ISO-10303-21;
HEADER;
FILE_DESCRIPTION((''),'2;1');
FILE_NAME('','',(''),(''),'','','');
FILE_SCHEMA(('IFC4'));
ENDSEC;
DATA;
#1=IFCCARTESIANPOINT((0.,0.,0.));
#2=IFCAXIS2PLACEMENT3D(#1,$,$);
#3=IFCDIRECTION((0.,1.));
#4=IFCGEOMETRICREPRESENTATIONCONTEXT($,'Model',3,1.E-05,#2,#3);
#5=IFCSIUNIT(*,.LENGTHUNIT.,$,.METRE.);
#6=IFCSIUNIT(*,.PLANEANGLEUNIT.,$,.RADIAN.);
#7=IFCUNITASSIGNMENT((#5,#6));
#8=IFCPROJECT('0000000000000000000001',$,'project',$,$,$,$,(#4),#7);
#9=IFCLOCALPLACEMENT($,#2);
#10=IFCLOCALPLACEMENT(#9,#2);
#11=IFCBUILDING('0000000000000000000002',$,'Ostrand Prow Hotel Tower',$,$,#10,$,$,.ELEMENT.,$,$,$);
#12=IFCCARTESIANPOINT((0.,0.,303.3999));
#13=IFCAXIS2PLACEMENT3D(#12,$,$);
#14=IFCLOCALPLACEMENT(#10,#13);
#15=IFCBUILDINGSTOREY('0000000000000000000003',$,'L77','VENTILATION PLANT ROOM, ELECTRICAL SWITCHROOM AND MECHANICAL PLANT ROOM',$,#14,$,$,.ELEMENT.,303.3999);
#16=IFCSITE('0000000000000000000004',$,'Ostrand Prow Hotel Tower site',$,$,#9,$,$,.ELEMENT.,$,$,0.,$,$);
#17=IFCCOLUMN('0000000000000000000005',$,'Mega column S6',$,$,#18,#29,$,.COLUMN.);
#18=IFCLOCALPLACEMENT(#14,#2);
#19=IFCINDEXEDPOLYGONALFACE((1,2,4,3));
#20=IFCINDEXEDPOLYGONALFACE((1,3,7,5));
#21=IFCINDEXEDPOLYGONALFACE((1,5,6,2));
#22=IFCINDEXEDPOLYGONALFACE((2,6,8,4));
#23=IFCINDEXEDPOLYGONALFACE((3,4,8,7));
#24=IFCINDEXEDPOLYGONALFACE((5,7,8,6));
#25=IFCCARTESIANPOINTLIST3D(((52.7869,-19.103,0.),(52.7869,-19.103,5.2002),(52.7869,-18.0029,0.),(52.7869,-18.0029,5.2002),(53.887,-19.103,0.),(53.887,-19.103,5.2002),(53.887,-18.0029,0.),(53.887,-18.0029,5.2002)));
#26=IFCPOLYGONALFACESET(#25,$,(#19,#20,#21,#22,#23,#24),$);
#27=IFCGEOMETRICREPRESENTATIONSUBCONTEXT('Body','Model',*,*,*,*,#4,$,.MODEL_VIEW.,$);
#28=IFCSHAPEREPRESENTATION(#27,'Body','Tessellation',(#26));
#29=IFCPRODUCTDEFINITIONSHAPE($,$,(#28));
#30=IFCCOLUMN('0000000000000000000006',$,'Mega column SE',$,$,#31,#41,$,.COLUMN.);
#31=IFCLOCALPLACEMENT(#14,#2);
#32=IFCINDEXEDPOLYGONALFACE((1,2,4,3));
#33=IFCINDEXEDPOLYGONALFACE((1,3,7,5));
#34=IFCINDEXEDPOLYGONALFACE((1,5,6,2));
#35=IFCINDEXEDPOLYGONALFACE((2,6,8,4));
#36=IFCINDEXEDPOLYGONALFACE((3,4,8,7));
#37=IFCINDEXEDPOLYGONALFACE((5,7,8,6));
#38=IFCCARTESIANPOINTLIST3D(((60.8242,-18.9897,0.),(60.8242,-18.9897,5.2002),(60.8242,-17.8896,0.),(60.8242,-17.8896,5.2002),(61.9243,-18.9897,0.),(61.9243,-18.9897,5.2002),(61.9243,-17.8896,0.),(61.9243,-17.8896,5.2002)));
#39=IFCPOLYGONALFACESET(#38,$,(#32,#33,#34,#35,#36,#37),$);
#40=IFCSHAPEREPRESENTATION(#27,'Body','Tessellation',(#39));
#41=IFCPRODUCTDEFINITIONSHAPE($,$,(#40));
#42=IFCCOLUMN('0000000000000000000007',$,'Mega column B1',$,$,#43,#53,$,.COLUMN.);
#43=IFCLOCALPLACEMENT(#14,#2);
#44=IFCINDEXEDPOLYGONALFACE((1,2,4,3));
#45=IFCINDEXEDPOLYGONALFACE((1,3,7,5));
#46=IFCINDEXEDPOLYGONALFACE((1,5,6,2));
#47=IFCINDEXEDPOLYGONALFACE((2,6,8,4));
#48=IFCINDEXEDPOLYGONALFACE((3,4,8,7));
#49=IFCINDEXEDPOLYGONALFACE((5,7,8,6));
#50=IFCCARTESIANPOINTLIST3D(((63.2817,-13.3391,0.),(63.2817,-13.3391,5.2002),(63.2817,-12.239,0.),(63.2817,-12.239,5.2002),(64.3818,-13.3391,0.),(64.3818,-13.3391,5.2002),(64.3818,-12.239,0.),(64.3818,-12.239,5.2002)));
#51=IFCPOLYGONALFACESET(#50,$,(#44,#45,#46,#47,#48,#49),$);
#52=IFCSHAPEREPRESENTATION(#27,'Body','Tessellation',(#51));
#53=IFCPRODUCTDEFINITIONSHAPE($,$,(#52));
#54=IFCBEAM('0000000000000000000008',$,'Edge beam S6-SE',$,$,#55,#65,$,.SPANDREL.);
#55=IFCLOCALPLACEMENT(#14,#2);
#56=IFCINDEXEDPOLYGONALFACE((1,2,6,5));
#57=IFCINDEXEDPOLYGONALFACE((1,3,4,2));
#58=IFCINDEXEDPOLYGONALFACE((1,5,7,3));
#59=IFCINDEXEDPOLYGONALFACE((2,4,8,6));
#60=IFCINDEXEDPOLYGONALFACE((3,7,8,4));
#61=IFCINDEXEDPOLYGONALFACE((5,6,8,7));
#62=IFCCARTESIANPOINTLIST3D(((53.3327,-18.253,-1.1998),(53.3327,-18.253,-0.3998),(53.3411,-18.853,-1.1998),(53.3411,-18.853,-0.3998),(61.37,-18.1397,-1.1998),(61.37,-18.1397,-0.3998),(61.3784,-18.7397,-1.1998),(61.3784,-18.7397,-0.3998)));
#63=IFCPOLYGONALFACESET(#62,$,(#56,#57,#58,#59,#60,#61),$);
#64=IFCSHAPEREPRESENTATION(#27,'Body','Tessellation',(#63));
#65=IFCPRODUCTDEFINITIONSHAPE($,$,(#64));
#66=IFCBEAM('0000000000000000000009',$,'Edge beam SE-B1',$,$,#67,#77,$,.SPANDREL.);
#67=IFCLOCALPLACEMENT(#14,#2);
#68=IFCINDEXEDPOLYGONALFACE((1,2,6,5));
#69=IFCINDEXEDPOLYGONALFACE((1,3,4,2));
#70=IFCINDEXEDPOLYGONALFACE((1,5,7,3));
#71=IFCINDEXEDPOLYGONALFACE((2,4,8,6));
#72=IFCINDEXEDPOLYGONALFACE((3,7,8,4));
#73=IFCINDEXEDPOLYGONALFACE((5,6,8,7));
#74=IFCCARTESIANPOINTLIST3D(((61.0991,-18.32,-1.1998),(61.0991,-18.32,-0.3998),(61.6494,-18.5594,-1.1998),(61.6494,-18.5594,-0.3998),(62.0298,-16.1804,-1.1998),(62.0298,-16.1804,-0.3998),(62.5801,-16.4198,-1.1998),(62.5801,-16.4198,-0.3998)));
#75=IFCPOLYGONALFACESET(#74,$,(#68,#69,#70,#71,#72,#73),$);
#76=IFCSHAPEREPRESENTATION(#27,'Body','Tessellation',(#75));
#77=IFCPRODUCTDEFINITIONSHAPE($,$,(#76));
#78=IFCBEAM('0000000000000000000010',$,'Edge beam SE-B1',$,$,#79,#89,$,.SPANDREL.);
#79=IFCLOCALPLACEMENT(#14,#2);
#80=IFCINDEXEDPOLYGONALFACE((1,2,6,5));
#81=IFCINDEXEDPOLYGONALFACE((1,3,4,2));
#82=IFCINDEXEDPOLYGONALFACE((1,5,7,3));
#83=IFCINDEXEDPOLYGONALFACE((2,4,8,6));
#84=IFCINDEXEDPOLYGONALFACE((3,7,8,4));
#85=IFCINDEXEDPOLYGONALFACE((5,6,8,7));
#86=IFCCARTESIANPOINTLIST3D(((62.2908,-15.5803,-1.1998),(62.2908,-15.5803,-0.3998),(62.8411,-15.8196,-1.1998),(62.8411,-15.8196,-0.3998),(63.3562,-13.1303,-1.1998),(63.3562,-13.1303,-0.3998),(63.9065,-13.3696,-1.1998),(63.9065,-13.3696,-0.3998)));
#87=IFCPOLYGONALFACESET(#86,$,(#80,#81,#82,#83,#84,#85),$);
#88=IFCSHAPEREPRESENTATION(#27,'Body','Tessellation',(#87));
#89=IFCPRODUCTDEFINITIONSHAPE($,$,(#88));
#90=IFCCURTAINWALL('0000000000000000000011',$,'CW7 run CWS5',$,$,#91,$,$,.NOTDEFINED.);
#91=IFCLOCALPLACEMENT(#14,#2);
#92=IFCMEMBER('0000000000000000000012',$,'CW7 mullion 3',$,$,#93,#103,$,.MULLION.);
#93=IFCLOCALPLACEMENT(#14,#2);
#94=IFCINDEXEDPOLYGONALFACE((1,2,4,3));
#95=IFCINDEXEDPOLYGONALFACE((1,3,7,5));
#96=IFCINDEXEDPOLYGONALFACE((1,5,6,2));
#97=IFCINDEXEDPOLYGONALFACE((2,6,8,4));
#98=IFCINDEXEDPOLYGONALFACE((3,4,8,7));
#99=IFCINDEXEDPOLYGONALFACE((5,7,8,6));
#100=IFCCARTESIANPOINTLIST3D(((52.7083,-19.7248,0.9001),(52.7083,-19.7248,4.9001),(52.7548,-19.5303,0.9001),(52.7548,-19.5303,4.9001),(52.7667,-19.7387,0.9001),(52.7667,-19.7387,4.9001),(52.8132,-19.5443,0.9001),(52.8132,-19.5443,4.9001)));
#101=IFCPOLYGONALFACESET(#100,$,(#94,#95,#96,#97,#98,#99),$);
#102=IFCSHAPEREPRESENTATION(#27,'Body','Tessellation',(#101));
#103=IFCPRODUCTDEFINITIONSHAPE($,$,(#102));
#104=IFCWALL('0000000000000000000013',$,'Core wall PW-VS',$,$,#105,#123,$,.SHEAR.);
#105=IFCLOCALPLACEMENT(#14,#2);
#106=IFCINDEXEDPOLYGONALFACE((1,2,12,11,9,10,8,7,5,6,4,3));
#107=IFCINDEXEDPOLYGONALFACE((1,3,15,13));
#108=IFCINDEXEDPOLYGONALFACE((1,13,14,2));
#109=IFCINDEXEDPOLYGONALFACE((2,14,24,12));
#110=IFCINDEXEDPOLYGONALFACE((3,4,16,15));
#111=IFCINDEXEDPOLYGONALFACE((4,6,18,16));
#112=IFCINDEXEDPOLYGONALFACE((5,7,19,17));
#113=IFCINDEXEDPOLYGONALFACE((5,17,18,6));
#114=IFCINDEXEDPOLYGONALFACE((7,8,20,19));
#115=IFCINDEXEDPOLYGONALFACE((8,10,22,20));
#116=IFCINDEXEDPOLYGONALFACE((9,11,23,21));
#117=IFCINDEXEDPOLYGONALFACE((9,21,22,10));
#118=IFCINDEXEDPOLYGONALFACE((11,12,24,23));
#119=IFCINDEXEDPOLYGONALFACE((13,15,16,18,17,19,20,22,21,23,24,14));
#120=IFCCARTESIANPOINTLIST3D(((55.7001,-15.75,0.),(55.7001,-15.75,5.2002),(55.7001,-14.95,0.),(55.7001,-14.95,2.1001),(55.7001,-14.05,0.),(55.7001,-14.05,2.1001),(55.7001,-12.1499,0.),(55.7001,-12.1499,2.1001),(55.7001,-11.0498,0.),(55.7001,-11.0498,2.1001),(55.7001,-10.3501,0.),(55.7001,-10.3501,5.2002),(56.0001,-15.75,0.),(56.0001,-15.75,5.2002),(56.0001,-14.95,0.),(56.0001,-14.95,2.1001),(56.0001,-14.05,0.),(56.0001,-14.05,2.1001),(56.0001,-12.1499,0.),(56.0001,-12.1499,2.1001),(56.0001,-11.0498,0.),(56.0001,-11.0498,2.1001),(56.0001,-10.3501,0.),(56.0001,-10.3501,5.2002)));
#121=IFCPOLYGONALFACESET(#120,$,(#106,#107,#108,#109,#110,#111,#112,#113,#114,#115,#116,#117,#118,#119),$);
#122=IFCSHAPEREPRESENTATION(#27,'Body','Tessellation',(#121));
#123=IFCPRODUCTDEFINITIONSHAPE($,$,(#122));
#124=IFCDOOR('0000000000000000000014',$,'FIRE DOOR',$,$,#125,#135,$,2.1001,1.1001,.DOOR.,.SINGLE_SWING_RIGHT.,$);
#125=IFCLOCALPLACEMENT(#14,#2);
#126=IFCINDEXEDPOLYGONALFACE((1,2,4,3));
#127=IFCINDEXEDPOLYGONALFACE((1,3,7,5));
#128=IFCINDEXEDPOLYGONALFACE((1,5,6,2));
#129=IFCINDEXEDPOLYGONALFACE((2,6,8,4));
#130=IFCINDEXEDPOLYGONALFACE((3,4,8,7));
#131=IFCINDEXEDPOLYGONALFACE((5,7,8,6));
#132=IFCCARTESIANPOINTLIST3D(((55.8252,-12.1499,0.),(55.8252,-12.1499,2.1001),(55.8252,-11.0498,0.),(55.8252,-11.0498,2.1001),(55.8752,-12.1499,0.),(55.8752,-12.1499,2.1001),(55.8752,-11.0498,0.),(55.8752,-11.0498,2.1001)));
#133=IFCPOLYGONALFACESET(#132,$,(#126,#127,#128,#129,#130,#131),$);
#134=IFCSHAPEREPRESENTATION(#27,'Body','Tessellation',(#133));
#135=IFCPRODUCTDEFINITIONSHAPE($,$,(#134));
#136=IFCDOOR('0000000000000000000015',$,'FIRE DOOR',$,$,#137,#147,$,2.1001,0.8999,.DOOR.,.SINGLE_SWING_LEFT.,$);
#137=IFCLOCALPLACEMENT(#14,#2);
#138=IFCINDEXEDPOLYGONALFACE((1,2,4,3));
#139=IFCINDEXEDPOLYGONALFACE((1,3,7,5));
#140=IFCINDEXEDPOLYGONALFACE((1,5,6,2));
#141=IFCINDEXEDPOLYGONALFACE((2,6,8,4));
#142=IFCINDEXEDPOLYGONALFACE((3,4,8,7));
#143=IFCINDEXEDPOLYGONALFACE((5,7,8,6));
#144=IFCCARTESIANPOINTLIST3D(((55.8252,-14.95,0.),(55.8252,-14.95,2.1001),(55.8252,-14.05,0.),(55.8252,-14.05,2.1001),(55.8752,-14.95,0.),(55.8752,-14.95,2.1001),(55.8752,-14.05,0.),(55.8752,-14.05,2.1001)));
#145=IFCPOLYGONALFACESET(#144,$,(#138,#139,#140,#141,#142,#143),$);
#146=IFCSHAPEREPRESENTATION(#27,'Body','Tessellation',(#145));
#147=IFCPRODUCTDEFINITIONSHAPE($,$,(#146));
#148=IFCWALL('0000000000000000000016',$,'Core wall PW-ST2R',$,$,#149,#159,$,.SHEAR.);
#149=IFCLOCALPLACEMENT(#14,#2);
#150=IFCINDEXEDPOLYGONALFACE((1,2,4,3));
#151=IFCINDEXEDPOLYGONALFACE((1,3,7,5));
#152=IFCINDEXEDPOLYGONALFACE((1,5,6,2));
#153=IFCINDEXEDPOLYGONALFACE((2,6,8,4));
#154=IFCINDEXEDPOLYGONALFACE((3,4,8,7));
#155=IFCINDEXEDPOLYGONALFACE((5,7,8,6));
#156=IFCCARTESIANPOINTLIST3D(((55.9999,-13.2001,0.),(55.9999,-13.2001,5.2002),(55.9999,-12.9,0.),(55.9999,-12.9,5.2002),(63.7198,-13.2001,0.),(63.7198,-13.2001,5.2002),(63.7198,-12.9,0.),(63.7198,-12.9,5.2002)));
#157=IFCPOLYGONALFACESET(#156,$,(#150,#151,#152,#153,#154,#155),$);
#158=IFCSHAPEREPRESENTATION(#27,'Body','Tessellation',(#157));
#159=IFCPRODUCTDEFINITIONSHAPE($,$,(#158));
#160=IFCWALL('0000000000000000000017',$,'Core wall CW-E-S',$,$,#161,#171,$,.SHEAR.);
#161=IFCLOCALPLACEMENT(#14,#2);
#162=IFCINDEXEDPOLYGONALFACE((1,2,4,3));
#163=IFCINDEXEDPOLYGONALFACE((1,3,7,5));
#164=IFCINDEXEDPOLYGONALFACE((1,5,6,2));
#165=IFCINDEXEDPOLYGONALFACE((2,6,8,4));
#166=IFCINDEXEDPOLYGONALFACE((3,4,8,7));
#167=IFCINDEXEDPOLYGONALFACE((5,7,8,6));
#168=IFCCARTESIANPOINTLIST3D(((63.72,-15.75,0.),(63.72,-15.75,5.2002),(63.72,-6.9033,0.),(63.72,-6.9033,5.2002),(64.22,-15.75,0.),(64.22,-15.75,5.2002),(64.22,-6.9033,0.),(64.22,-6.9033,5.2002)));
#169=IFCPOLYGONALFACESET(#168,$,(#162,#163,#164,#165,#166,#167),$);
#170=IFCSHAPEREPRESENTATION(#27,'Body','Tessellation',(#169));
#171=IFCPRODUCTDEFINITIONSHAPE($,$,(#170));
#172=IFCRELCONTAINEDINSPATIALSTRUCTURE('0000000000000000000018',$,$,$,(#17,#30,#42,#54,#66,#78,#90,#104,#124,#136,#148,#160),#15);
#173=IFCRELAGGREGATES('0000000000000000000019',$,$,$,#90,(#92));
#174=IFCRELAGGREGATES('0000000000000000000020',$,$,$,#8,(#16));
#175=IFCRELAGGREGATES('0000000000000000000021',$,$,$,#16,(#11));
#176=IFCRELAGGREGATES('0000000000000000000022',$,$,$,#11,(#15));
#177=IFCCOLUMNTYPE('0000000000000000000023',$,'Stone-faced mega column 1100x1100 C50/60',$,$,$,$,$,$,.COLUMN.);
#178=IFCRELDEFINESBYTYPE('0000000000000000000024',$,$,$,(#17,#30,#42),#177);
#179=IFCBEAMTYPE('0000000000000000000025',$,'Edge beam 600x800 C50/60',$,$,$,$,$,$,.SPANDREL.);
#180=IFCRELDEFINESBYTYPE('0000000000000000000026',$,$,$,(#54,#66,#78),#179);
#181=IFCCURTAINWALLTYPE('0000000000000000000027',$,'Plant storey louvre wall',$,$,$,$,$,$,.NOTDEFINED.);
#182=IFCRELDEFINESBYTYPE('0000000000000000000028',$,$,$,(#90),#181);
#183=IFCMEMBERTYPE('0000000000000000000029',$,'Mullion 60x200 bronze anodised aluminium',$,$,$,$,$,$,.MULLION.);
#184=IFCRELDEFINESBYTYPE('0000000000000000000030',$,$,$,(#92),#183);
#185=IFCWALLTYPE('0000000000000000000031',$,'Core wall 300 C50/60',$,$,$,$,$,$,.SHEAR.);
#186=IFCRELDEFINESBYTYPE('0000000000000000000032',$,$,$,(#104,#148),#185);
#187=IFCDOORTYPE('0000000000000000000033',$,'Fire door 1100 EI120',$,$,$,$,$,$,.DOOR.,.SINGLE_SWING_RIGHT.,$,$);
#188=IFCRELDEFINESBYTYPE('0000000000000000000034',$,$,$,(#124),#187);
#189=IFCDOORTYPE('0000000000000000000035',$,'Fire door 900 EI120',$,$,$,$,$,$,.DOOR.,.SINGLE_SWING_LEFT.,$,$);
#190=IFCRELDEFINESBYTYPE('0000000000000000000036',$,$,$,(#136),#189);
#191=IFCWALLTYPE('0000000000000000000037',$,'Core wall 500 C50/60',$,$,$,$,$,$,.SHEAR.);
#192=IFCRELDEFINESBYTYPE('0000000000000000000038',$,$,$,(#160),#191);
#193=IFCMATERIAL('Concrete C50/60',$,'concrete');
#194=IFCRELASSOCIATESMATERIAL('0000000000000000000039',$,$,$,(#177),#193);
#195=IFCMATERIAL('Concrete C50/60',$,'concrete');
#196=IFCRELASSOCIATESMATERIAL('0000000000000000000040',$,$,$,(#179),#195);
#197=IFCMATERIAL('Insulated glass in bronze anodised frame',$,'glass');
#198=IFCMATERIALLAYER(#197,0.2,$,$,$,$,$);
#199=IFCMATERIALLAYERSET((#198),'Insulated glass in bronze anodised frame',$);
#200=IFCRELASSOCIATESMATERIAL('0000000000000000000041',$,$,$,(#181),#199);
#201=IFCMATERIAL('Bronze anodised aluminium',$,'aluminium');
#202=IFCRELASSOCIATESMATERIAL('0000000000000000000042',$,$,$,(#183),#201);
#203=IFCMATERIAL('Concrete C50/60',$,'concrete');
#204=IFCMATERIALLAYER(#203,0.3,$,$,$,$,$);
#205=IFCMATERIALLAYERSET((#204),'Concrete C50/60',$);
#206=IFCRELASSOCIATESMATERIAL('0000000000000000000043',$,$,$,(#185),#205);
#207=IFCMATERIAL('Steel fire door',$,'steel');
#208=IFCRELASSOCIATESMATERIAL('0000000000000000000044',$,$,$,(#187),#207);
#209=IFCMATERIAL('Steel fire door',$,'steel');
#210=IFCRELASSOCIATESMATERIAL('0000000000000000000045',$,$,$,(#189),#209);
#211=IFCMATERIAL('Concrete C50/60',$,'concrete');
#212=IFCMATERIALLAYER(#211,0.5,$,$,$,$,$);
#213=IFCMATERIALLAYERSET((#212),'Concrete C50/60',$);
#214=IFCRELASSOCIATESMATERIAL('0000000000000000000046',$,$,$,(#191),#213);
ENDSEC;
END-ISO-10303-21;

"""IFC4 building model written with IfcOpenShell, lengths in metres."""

from ifc_helpers import new_model, si_unit, direction, frame, frame_2d, origin, origin_2d, place, context, subcontext, project, spatial, rectangle, extrude, material, layer, layer_set, material_profile, profile_set, type_object, element, fill, aggregate, save


model = new_model("IFC4")

# Units and contexts
model_context = context("Model", 3, precision=1e-05, world=origin(), true_north=direction((0.0, 1.0)))
body_context = subcontext(model_context, "Body", "Model", "MODEL_VIEW")
ifc_project = project(units=[si_unit("LENGTHUNIT", "METRE"), si_unit("PLANEANGLEUNIT", "RADIAN")], contexts=[model_context])

# Site, building, storey
site_placement = place(None, origin())
site = spatial("IfcSite", under=ifc_project, at=site_placement, Name="Ostrand Prow Hotel Tower site", CompositionType="ELEMENT", RefElevation=0.0)
building_placement = place(site_placement, origin())
building = spatial("IfcBuilding", under=site, at=building_placement, Name="Ostrand Prow Hotel Tower", CompositionType="ELEMENT")
storey_placement = place(building_placement, frame((0.0, 0.0, 303.3999)))
storey = spatial("IfcBuildingStorey", under=building, at=storey_placement, Name="L77", Description="VENTILATION PLANT ROOM, ELECTRICAL SWITCHROOM AND MECHANICAL PLANT ROOM", CompositionType="ELEMENT", Elevation=303.3999)

# Columns
ifc_material_1 = material(Name="Concrete C50/60", Category="concrete")
ifc_material_profile_1 = material_profile(ifc_material_1, rectangle(XDim=1.1001, YDim=1.1001, at=origin_2d()), Name="RC 1100x1100")
ifc_profile_set_1 = profile_set([ifc_material_profile_1], Name="Concrete C50/60")
column_type = type_object("IfcColumnType", Name="Stone-faced mega column 1100x1100 C50/60", PredefinedType="COLUMN", material=ifc_profile_set_1)
for number, where, z_axis, x_axis, name in (
    (1, (53.3369, -18.553, 0.0), (0.0, 0.0, 1.0), (1.0, 0.0, 0.0), "Mega column S6"),
    (2, (61.3743, -18.4397, 0.0), (0.0, 0.0, 1.0), (1.0, 0.0, 0.0), "Mega column SE"),
    (3, (63.8318, -12.7891, 0.0), (0.0, 0.0, 1.0), (1.0, 0.0, 0.0), "Mega column B1"),
):
    element("IfcColumn", number, at=place(storey_placement, frame(where, z_axis=z_axis, x_axis=x_axis)), inside=storey, type_object=column_type, Name=name, PredefinedType="COLUMN", context=body_context, shape_type="SweptSolid", body=[
        extrude(rectangle(XDim=1.1001, YDim=1.1001, at=origin_2d()), origin(), (0.0, 0.0, 1.0), 5.2002),
    ])

# Beams
ifc_material_2 = material(Name="Concrete C50/60", Category="concrete")
ifc_material_profile_2 = material_profile(ifc_material_2, rectangle(XDim=0.6001, YDim=0.8, at=origin_2d()), Name="RC 600x800")
ifc_profile_set_2 = profile_set([ifc_material_profile_2], Name="Concrete C50/60")
beam_type = type_object("IfcBeamType", Name="Edge beam 600x800 C50/60", PredefinedType="SPANDREL", material=ifc_profile_set_2)
beam_1_placement = place(storey_placement, frame((53.3369, -18.553, -0.7998), z_axis=(0.999901, 0.014093, 0.0), x_axis=(-0.014093, 0.999901, 0.0)))
element("IfcBeam", 4, at=beam_1_placement, inside=storey, type_object=beam_type, Name="Edge beam S6-SE", PredefinedType="SPANDREL", context=body_context, shape_type="SweptSolid", body=[
    extrude(rectangle(XDim=0.6001, YDim=0.8, at=origin_2d()), origin(), (0.0, 0.0, 1.0), 8.0381),
])
beam_2_placement = place(storey_placement, frame((61.3743, -18.4397, -0.7998), z_axis=(0.398864, 0.91701, 0.0), x_axis=(-0.91701, 0.398864, 0.0)))
element("IfcBeam", 5, at=beam_2_placement, inside=storey, type_object=beam_type, Name="Edge beam SE-B1", PredefinedType="SPANDREL", context=body_context, shape_type="SweptSolid", body=[
    extrude(rectangle(XDim=0.6001, YDim=0.8, at=origin_2d()), origin(), (0.0, 0.0, 1.0), 2.3333),
])
beam_3_placement = place(storey_placement, frame((62.5659, -15.7, -0.7998), z_axis=(0.3988, 0.917038, 0.0), x_axis=(-0.917038, 0.3988, 0.0)))
element("IfcBeam", 6, at=beam_3_placement, inside=storey, type_object=beam_type, Name="Edge beam SE-B1", PredefinedType="SPANDREL", context=body_context, shape_type="SweptSolid", body=[
    extrude(rectangle(XDim=0.6001, YDim=0.8, at=origin_2d()), origin(), (0.0, 0.0, 1.0), 2.6716),
])

# Curtain wall, member
ifc_material_3 = material(Name="Insulated glass in bronze anodised frame", Category="glass")
ifc_layer_1 = layer(ifc_material_3, 0.2)
ifc_layer_set_1 = layer_set([ifc_layer_1], Name="Insulated glass in bronze anodised frame")
curtain_wall_type = type_object("IfcCurtainWallType", Name="Plant storey louvre wall", PredefinedType="NOTDEFINED", material=ifc_layer_set_1)
curtain_wall_placement = place(storey_placement, origin())
curtain_wall = element("IfcCurtainWall", 7, at=curtain_wall_placement, inside=storey, type_object=curtain_wall_type, Name="CW7 run CWS5", PredefinedType="NOTDEFINED")
ifc_material_4 = material(Name="Bronze anodised aluminium", Category="aluminium")
ifc_material_profile_3 = material_profile(ifc_material_4, rectangle(XDim=0.2, YDim=0.0601, at=origin_2d()), Name="Mullion 60x200 bronze anodised aluminium")
ifc_profile_set_3 = profile_set([ifc_material_profile_3], Name="Bronze anodised aluminium")
member_type = type_object("IfcMemberType", Name="Mullion 60x200 bronze anodised aluminium", PredefinedType="MULLION", material=ifc_profile_set_3)
member_placement = place(storey_placement, frame((52.7607, -19.6345, 0.9001), z_axis=(0.0, 0.0, 1.0), x_axis=(0.232746, 0.972538, 0.0)))
member = element("IfcMember", 8, at=member_placement, type_object=member_type, Name="CW7 mullion 3", PredefinedType="MULLION", context=body_context, shape_type="SweptSolid", body=[
    extrude(rectangle(XDim=0.2, YDim=0.0601, at=origin_2d()), origin(), (0.0, 0.0, 1.0), 4.0),
])
aggregate(curtain_wall, [member])

# Wall, openings, doors
ifc_material_5 = material(Name="Concrete C50/60", Category="concrete")
ifc_layer_2 = layer(ifc_material_5, 0.3)
ifc_layer_set_2 = layer_set([ifc_layer_2], Name="Concrete C50/60")
wall_type_1 = type_object("IfcWallType", Name="Core wall 300 C50/60", PredefinedType="SHEAR", material=ifc_layer_set_2)
wall_1_placement = place(storey_placement, frame((55.8501, -15.75, 0.0), z_axis=(0.0, 0.0, 1.0), x_axis=(0.0, 1.0, 0.0)))
wall_1 = element("IfcWall", 9, at=wall_1_placement, inside=storey, type_object=wall_type_1, Name="Core wall PW-VS", PredefinedType="SHEAR", context=body_context, shape_type="SweptSolid", body=[
    extrude(rectangle(XDim=5.3999, YDim=0.3, at=frame_2d((2.7, 0.0))), origin(), (0.0, 0.0, 1.0), 5.2002),
])
opening_1_placement = place(wall_1_placement, frame((3.6001, 0.0, 0.0)))
opening_1 = element("IfcOpeningElement", 10, at=opening_1_placement, cuts=wall_1, PredefinedType="OPENING", context=body_context, shape_type="SweptSolid", body=[
    extrude(rectangle(XDim=1.1001, YDim=2.1001, at=frame_2d((0.55, 1.05))), frame((0.0, 0.1599, 0.0), z_axis=(0.0, -1.0, 0.0), x_axis=(1.0, 0.0, 0.0)), (0.0, 0.0, 1.0), 0.3201),
])
opening_2_placement = place(wall_1_placement, frame((0.8, 0.0, 0.0)))
opening_2 = element("IfcOpeningElement", 11, at=opening_2_placement, cuts=wall_1, PredefinedType="OPENING", context=body_context, shape_type="SweptSolid", body=[
    extrude(rectangle(XDim=0.8999, YDim=2.1001, at=frame_2d((0.45, 1.05))), frame((0.0, 0.1599, 0.0), z_axis=(0.0, -1.0, 0.0), x_axis=(1.0, 0.0, 0.0)), (0.0, 0.0, 1.0), 0.3201),
])
ifc_material_6 = material(Name="Steel fire door", Category="steel")
door_type_1 = type_object("IfcDoorType", Name="Fire door 1100 EI120", OperationType="SINGLE_SWING_RIGHT", PredefinedType="DOOR", material=ifc_material_6)
door_1_placement = place(opening_1_placement, origin())
door_1 = element("IfcDoor", 12, at=door_1_placement, inside=storey, type_object=door_type_1, Name="FIRE DOOR", OperationType="SINGLE_SWING_RIGHT", OverallHeight=2.1001, OverallWidth=1.1001, PredefinedType="DOOR", context=body_context, shape_type="SweptSolid", body=[
    extrude(rectangle(XDim=1.1001, YDim=2.1001, at=frame_2d((0.55, 1.05))), frame((0.0, 0.0249, 0.0), z_axis=(0.0, -1.0, 0.0), x_axis=(1.0, 0.0, 0.0)), (0.0, 0.0, 1.0), 0.05),
])
fill(opening_1, door_1)
ifc_material_7 = material(Name="Steel fire door", Category="steel")
door_type_2 = type_object("IfcDoorType", Name="Fire door 900 EI120", OperationType="SINGLE_SWING_LEFT", PredefinedType="DOOR", material=ifc_material_7)
door_2_placement = place(opening_2_placement, origin())
door_2 = element("IfcDoor", 13, at=door_2_placement, inside=storey, type_object=door_type_2, Name="FIRE DOOR", OperationType="SINGLE_SWING_LEFT", OverallHeight=2.1001, OverallWidth=0.8999, PredefinedType="DOOR", context=body_context, shape_type="SweptSolid", body=[
    extrude(rectangle(XDim=0.8999, YDim=2.1001, at=frame_2d((0.45, 1.05))), frame((0.0, 0.0249, 0.0), z_axis=(0.0, -1.0, 0.0), x_axis=(1.0, 0.0, 0.0)), (0.0, 0.0, 1.0), 0.05),
])
fill(opening_2, door_2)

# Walls
wall_2_placement = place(storey_placement, frame((56.0, -13.05, 0.0), z_axis=(0.0, 0.0, 1.0), x_axis=(1.0, 0.0, 0.0)))
element("IfcWall", 14, at=wall_2_placement, inside=storey, type_object=wall_type_1, Name="Core wall PW-ST2R", PredefinedType="SHEAR", context=body_context, shape_type="SweptSolid", body=[
    extrude(rectangle(XDim=7.72, YDim=0.3, at=frame_2d((3.8599, 0.0))), origin(), (0.0, 0.0, 1.0), 5.2002),
])
ifc_material_8 = material(Name="Concrete C50/60", Category="concrete")
ifc_layer_3 = layer(ifc_material_8, 0.5)
ifc_layer_set_3 = layer_set([ifc_layer_3], Name="Concrete C50/60")
wall_type_2 = type_object("IfcWallType", Name="Core wall 500 C50/60", PredefinedType="SHEAR", material=ifc_layer_set_3)
wall_3_placement = place(storey_placement, frame((63.97, -15.75, 0.0), z_axis=(0.0, 0.0, 1.0), x_axis=(0.0, 1.0, 0.0)))
element("IfcWall", 15, at=wall_3_placement, inside=storey, type_object=wall_type_2, Name="Core wall CW-E-S", PredefinedType="SHEAR", context=body_context, shape_type="SweptSolid", body=[
    extrude(rectangle(XDim=8.8467, YDim=0.5, at=frame_2d((4.4233, 0.0))), origin(), (0.0, 0.0, 1.0), 5.2002),
])

save(model, "model.ifc")
